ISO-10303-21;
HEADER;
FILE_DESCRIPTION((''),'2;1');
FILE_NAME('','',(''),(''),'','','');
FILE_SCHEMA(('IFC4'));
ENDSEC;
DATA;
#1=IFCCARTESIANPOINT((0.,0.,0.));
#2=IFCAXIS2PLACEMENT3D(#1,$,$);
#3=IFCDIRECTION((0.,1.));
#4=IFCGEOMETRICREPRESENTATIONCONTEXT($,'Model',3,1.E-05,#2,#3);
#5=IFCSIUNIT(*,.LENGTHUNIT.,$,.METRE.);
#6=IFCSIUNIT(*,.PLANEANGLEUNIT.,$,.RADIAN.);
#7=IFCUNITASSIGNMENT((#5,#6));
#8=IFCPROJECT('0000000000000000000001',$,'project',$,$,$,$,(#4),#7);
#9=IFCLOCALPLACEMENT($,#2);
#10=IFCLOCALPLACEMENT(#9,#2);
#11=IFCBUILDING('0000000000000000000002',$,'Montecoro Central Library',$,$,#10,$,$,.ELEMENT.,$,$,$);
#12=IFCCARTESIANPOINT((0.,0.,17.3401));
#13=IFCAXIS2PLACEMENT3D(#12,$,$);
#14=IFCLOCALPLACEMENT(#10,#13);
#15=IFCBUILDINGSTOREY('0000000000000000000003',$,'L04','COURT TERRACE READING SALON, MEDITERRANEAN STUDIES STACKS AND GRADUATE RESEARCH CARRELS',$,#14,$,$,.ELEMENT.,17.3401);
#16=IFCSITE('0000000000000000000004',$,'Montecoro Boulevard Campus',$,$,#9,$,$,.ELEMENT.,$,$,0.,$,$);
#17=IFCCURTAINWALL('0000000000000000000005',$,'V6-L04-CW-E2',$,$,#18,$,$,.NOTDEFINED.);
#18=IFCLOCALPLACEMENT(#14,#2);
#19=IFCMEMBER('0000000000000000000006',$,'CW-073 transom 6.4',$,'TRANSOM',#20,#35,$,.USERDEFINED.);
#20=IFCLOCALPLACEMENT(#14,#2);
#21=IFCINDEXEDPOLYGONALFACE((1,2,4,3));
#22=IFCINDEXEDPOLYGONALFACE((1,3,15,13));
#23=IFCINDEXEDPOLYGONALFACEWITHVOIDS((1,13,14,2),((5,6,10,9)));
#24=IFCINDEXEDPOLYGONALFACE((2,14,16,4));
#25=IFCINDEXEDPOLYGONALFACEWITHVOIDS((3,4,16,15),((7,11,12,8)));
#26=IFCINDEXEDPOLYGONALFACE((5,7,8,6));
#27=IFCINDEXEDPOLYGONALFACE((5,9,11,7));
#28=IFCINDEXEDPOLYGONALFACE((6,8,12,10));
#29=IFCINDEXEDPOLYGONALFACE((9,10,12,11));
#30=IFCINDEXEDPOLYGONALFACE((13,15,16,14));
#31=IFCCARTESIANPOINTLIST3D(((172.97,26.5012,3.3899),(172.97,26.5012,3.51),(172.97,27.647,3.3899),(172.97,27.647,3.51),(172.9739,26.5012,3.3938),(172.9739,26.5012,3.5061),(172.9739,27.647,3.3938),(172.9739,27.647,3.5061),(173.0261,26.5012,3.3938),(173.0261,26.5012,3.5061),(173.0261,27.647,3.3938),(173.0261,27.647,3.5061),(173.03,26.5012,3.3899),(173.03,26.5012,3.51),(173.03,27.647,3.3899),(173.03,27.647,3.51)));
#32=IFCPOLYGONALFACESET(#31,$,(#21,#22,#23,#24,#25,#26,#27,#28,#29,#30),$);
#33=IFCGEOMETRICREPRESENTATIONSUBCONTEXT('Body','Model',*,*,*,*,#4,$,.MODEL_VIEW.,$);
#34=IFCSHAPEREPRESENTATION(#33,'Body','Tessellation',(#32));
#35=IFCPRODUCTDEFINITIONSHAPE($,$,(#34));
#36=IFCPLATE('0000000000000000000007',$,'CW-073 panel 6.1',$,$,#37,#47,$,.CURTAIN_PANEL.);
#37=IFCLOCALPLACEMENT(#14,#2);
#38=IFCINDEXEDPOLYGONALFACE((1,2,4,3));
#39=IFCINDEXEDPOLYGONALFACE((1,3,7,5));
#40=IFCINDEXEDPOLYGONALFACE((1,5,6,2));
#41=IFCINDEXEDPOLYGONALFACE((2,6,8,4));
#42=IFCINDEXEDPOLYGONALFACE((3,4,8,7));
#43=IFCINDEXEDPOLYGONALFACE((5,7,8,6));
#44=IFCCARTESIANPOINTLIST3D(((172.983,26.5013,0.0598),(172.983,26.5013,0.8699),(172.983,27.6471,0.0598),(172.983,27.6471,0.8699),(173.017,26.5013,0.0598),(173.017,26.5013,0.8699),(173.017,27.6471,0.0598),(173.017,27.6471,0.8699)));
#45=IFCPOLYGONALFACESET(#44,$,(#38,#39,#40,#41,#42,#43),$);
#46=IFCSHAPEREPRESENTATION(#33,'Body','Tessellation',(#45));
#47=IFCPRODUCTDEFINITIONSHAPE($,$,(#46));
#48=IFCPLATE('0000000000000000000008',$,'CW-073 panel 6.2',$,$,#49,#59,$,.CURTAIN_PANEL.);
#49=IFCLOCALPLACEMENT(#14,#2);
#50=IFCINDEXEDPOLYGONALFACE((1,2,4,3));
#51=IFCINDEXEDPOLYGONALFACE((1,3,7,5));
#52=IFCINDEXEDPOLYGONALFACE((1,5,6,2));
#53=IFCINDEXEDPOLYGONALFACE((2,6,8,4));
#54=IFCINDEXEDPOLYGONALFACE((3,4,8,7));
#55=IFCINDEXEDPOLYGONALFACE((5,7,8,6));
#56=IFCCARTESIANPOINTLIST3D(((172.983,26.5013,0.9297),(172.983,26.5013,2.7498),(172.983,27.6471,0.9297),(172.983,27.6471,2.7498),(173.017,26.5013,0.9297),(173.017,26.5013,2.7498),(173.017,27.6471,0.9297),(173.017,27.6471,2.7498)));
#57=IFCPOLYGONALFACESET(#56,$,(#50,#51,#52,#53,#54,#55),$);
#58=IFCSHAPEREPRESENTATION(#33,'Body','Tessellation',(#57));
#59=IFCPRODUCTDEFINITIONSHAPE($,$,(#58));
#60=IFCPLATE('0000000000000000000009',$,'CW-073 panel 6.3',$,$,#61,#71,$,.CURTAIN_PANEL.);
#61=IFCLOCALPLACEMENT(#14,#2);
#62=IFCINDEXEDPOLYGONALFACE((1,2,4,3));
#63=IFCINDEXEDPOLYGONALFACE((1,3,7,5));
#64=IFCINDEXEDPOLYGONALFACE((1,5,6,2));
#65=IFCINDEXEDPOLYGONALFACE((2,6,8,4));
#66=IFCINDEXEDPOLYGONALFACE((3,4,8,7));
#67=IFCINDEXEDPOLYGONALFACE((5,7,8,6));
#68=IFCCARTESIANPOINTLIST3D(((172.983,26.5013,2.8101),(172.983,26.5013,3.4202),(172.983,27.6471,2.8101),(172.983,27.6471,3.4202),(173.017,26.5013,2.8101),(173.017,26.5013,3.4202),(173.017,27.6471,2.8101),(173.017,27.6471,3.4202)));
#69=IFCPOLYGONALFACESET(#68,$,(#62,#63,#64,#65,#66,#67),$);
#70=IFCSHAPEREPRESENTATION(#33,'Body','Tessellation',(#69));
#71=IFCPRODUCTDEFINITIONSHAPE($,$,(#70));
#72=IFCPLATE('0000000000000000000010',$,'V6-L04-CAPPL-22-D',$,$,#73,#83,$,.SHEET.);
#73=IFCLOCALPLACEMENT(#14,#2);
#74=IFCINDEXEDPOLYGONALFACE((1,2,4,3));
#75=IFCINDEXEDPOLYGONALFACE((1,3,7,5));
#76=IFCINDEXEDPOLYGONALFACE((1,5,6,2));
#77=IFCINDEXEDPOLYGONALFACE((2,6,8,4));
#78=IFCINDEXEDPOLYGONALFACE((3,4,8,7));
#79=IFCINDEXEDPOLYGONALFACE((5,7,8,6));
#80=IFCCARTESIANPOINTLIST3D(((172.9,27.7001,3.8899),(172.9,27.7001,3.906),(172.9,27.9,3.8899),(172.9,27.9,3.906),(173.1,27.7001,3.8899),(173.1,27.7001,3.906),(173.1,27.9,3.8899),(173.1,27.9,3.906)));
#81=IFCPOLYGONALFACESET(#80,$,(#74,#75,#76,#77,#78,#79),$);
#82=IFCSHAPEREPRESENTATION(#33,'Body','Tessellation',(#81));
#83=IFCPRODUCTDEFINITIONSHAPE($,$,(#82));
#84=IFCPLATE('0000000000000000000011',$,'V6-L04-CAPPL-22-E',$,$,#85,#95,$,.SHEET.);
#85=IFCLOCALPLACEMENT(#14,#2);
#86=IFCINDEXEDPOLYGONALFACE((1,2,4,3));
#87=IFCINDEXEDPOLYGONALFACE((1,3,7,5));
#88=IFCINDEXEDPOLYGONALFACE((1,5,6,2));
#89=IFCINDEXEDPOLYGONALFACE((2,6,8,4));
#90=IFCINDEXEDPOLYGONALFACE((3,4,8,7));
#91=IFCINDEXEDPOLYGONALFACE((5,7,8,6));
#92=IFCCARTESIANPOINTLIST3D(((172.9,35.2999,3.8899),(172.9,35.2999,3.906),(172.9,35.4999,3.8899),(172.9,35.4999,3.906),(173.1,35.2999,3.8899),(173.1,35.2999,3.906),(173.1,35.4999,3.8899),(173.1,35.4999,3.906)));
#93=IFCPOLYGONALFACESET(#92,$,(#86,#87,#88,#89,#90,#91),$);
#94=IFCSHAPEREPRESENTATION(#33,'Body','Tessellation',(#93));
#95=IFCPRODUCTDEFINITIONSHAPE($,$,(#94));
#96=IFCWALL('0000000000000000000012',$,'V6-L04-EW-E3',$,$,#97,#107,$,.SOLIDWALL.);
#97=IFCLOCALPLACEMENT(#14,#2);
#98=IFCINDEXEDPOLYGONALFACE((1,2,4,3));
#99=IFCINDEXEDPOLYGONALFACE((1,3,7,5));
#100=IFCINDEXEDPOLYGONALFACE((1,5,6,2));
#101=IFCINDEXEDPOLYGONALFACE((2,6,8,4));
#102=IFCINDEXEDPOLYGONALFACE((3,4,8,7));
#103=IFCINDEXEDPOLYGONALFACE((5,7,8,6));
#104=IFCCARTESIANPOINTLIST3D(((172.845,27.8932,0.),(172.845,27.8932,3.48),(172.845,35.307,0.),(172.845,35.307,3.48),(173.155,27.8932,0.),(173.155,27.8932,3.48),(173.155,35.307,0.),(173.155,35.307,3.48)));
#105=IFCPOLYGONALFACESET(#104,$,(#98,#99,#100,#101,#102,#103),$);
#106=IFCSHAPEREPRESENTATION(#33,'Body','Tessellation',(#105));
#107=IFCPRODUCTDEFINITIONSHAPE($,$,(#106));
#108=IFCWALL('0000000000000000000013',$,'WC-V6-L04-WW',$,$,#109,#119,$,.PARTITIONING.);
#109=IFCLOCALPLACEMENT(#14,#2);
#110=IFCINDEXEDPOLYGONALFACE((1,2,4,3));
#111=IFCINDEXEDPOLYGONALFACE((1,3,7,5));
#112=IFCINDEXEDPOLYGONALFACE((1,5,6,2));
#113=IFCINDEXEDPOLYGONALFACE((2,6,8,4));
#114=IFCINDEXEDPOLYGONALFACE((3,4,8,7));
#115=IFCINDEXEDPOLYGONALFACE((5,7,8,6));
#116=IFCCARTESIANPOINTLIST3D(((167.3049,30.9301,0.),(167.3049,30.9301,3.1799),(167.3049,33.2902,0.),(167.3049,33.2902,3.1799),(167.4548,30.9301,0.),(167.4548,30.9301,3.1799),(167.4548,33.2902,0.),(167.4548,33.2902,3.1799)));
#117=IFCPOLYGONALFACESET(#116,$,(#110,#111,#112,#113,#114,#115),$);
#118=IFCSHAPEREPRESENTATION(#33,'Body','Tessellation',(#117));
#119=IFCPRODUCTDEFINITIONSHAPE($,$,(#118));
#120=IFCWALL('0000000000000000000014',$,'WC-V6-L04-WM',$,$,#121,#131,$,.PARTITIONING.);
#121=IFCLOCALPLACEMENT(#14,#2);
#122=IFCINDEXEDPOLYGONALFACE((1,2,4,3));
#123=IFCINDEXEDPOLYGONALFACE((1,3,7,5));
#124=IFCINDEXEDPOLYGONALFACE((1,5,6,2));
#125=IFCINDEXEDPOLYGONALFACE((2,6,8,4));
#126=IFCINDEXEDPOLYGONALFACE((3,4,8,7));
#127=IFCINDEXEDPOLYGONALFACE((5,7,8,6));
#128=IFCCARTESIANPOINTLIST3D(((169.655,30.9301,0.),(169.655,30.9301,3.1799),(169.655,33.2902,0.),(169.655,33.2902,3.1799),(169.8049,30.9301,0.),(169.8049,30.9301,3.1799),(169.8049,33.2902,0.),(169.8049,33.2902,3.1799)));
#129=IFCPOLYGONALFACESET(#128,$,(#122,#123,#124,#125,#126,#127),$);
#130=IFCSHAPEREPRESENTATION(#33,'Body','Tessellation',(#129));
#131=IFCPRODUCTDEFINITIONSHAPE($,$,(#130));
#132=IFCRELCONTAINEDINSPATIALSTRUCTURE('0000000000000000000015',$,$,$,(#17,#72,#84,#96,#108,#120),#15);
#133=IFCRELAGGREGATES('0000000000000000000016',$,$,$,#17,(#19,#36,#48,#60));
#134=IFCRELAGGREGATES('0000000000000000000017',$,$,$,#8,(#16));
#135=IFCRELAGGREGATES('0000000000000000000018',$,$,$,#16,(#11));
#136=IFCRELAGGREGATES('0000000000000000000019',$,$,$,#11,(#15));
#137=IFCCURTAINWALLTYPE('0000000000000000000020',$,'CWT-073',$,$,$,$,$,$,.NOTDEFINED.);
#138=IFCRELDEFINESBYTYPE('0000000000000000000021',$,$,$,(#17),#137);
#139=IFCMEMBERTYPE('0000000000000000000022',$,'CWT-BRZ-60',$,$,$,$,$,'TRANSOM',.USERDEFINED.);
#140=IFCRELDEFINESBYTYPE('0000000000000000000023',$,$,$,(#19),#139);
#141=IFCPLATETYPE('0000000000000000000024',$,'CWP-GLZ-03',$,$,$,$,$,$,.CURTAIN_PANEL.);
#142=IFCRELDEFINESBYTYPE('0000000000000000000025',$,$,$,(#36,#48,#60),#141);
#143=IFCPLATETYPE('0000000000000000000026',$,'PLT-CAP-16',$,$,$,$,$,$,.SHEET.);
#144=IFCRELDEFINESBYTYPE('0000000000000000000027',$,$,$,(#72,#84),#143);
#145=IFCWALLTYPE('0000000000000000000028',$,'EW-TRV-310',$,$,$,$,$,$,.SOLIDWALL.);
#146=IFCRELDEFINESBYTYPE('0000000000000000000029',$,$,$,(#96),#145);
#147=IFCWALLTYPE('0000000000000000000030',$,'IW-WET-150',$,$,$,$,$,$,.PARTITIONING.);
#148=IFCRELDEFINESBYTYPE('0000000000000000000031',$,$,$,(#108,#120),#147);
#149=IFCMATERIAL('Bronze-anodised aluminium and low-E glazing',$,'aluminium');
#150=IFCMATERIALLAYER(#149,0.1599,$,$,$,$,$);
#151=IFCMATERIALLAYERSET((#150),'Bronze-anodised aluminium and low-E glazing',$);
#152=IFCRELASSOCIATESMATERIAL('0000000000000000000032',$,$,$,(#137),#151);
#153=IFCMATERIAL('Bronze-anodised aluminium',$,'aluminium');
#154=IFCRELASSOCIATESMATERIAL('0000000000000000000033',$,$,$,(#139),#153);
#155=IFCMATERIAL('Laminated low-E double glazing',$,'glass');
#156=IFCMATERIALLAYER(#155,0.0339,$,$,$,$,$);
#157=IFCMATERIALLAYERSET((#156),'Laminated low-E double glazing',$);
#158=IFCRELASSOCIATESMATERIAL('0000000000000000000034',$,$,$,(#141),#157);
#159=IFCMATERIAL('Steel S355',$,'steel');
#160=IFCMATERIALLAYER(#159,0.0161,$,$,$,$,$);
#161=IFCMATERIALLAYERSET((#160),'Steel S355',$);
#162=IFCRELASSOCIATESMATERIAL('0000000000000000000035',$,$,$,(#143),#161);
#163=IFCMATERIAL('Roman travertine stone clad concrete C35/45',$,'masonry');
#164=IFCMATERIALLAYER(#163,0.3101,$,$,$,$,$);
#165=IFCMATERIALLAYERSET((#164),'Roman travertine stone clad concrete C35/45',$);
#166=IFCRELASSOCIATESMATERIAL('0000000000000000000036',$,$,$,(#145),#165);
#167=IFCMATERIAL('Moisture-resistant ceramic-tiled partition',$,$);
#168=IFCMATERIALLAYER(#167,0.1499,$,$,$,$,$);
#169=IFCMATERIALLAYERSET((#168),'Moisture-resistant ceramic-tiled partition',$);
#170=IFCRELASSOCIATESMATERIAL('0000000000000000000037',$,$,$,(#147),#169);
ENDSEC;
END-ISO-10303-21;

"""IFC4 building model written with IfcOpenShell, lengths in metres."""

from ifc_helpers import new_model, si_unit, direction, frame, frame_2d, origin, origin_2d, place, context, subcontext, project, spatial, rectangle, hollow_rectangle, extrude, material, layer, layer_set, material_profile, profile_set, type_object, element, aggregate, save


model = new_model("IFC4")

# Units and contexts
model_context = context("Model", 3, precision=1e-05, world=origin(), true_north=direction((0.0, 1.0)))
body_context = subcontext(model_context, "Body", "Model", "MODEL_VIEW")
ifc_project = project(units=[si_unit("LENGTHUNIT", "METRE"), si_unit("PLANEANGLEUNIT", "RADIAN")], contexts=[model_context])

# Site, building, storey
site_placement = place(None, origin())
site = spatial("IfcSite", under=ifc_project, at=site_placement, Name="Montecoro Boulevard Campus", CompositionType="ELEMENT", RefElevation=0.0)
building_placement = place(site_placement, origin())
building = spatial("IfcBuilding", under=site, at=building_placement, Name="Montecoro Central Library", CompositionType="ELEMENT")
storey_placement = place(building_placement, frame((0.0, 0.0, 17.3401)))
storey = spatial("IfcBuildingStorey", under=building, at=storey_placement, Name="L04", Description="COURT TERRACE READING SALON, MEDITERRANEAN STUDIES STACKS AND GRADUATE RESEARCH CARRELS", CompositionType="ELEMENT", Elevation=17.3401)

# Shared definitions
ifc_material_1 = material(Name="Steel S355", Category="steel")

# Curtain wall, member, plates
ifc_material_2 = material(Name="Bronze-anodised aluminium and low-E glazing", Category="aluminium")
ifc_layer_1 = layer(ifc_material_2, 0.1599)
ifc_layer_set_1 = layer_set([ifc_layer_1], Name="Bronze-anodised aluminium and low-E glazing")
curtain_wall_type = type_object("IfcCurtainWallType", Name="CWT-073", PredefinedType="NOTDEFINED", material=ifc_layer_set_1)
curtain_wall_placement = place(storey_placement, origin())
curtain_wall = element("IfcCurtainWall", 1, at=curtain_wall_placement, inside=storey, type_object=curtain_wall_type, Name="V6-L04-CW-E2", PredefinedType="NOTDEFINED")
ifc_material_3 = material(Name="Bronze-anodised aluminium", Category="aluminium")
ifc_material_profile_1 = material_profile(ifc_material_3, hollow_rectangle(XDim=0.0601, YDim=0.1201, WallThickness=0.0039, at=origin_2d()), Name="CWT 120x60x4.0")
ifc_profile_set_1 = profile_set([ifc_material_profile_1], Name="Bronze-anodised aluminium")
member_type_1 = type_object("IfcMemberType", Name="CWT-BRZ-60", ElementType="TRANSOM", PredefinedType="USERDEFINED", material=ifc_profile_set_1)
member_1_placement = place(storey_placement, frame((173.0, 26.5012, 3.45), z_axis=(0.0, 1.0, 0.0), x_axis=(-1.0, 0.0, 0.0)))
member_1 = element("IfcMember", 2, at=member_1_placement, type_object=member_type_1, Name="CW-073 transom 6.4", ObjectType="TRANSOM", PredefinedType="USERDEFINED", context=body_context, shape_type="SweptSolid", body=[
    extrude(hollow_rectangle(XDim=0.0601, YDim=0.1201, WallThickness=0.0039, at=origin_2d()), origin(), (0.0, 0.0, 1.0), 1.1458),
])
ifc_material_4 = material(Name="Laminated low-E double glazing", Category="glass")
ifc_layer_2 = layer(ifc_material_4, 0.0339)
ifc_layer_set_2 = layer_set([ifc_layer_2], Name="Laminated low-E double glazing")
plate_type_1 = type_object("IfcPlateType", Name="CWP-GLZ-03", PredefinedType="CURTAIN_PANEL", material=ifc_layer_set_2)
plate_1_placement = place(storey_placement, frame((173.0, 27.0742, 0.0598), z_axis=(0.0, 0.0, 1.0), x_axis=(0.0, 1.0, 0.0)))
plate_1 = element("IfcPlate", 3, at=plate_1_placement, type_object=plate_type_1, Name="CW-073 panel 6.1", PredefinedType="CURTAIN_PANEL", context=body_context, shape_type="SweptSolid", body=[
    extrude(rectangle(XDim=1.1458, YDim=0.0339, at=origin_2d()), origin(), (0.0, 0.0, 1.0), 0.8101),
])
plate_2_placement = place(storey_placement, frame((173.0, 27.0742, 0.9297), z_axis=(0.0, 0.0, 1.0), x_axis=(0.0, 1.0, 0.0)))
plate_2 = element("IfcPlate", 4, at=plate_2_placement, type_object=plate_type_1, Name="CW-073 panel 6.2", PredefinedType="CURTAIN_PANEL", context=body_context, shape_type="SweptSolid", body=[
    extrude(rectangle(XDim=1.1458, YDim=0.0339, at=origin_2d()), origin(), (0.0, 0.0, 1.0), 1.8201),
])
plate_3_placement = place(storey_placement, frame((173.0, 27.0742, 2.8101), z_axis=(0.0, 0.0, 1.0), x_axis=(0.0, 1.0, 0.0)))
plate_3 = element("IfcPlate", 5, at=plate_3_placement, type_object=plate_type_1, Name="CW-073 panel 6.3", PredefinedType="CURTAIN_PANEL", context=body_context, shape_type="SweptSolid", body=[
    extrude(rectangle(XDim=1.1458, YDim=0.0339, at=origin_2d()), origin(), (0.0, 0.0, 1.0), 0.6101),
])
aggregate(curtain_wall, [member_1, plate_1, plate_2, plate_3])

# Plates
ifc_layer_3 = layer(ifc_material_1, 0.0161)
ifc_layer_set_3 = layer_set([ifc_layer_3], Name="Steel S355")
plate_type_2 = type_object("IfcPlateType", Name="PLT-CAP-16", PredefinedType="SHEET", material=ifc_layer_set_3)
for number, where, z_axis, x_axis, name in (
    (6, (173.0, 27.8, 3.8899), (0.0, 0.0, 1.0), (1.0, 0.0, 0.0), "V6-L04-CAPPL-22-D"),
    (7, (173.0, 35.3999, 3.8899), (0.0, 0.0, 1.0), (1.0, 0.0, 0.0), "V6-L04-CAPPL-22-E"),
):
    element("IfcPlate", number, at=place(storey_placement, frame(where, z_axis=z_axis, x_axis=x_axis)), inside=storey, type_object=plate_type_2, Name=name, PredefinedType="SHEET", context=body_context, shape_type="SweptSolid", body=[
        extrude(rectangle(XDim=0.2, YDim=0.2, at=origin_2d()), origin(), (0.0, 0.0, 1.0), 0.0161),
    ])

# Walls
ifc_material_5 = material(Name="Roman travertine stone clad concrete C35/45", Category="masonry")
ifc_layer_4 = layer(ifc_material_5, 0.3101)
ifc_layer_set_4 = layer_set([ifc_layer_4], Name="Roman travertine stone clad concrete C35/45")
wall_type_1 = type_object("IfcWallType", Name="EW-TRV-310", PredefinedType="SOLIDWALL", material=ifc_layer_set_4)
wall_1_placement = place(storey_placement, frame((173.0, 27.8931, 0.0), z_axis=(0.0, 0.0, 1.0), x_axis=(0.0, 1.0, 0.0)))
element("IfcWall", 8, at=wall_1_placement, inside=storey, type_object=wall_type_1, Name="V6-L04-EW-E3", PredefinedType="SOLIDWALL", context=body_context, shape_type="SweptSolid", body=[
    extrude(rectangle(XDim=7.4138, YDim=0.3101, at=frame_2d((3.707, 0.0))), origin(), (0.0, 0.0, 1.0), 3.48),
])
ifc_material_6 = material(Name="Moisture-resistant ceramic-tiled partition")
ifc_layer_5 = layer(ifc_material_6, 0.1499)
ifc_layer_set_5 = layer_set([ifc_layer_5], Name="Moisture-resistant ceramic-tiled partition")
wall_type_2 = type_object("IfcWallType", Name="IW-WET-150", PredefinedType="PARTITIONING", material=ifc_layer_set_5)
for number, where, z_axis, x_axis, name in (
    (9, (167.3799, 30.9299, 0.0), (0.0, 0.0, 1.0), (0.0, 1.0, 0.0), "WC-V6-L04-WW"),
    (10, (169.73, 30.9299, 0.0), (0.0, 0.0, 1.0), (0.0, 1.0, 0.0), "WC-V6-L04-WM"),
):
    element("IfcWall", number, at=place(storey_placement, frame(where, z_axis=z_axis, x_axis=x_axis)), inside=storey, type_object=wall_type_2, Name=name, PredefinedType="PARTITIONING", context=body_context, shape_type="SweptSolid", body=[
        extrude(rectangle(XDim=2.3601, YDim=0.1499, at=frame_2d((1.1802, 0.0))), origin(), (0.0, 0.0, 1.0), 3.1799),
    ])

save(model, "model.ifc")
